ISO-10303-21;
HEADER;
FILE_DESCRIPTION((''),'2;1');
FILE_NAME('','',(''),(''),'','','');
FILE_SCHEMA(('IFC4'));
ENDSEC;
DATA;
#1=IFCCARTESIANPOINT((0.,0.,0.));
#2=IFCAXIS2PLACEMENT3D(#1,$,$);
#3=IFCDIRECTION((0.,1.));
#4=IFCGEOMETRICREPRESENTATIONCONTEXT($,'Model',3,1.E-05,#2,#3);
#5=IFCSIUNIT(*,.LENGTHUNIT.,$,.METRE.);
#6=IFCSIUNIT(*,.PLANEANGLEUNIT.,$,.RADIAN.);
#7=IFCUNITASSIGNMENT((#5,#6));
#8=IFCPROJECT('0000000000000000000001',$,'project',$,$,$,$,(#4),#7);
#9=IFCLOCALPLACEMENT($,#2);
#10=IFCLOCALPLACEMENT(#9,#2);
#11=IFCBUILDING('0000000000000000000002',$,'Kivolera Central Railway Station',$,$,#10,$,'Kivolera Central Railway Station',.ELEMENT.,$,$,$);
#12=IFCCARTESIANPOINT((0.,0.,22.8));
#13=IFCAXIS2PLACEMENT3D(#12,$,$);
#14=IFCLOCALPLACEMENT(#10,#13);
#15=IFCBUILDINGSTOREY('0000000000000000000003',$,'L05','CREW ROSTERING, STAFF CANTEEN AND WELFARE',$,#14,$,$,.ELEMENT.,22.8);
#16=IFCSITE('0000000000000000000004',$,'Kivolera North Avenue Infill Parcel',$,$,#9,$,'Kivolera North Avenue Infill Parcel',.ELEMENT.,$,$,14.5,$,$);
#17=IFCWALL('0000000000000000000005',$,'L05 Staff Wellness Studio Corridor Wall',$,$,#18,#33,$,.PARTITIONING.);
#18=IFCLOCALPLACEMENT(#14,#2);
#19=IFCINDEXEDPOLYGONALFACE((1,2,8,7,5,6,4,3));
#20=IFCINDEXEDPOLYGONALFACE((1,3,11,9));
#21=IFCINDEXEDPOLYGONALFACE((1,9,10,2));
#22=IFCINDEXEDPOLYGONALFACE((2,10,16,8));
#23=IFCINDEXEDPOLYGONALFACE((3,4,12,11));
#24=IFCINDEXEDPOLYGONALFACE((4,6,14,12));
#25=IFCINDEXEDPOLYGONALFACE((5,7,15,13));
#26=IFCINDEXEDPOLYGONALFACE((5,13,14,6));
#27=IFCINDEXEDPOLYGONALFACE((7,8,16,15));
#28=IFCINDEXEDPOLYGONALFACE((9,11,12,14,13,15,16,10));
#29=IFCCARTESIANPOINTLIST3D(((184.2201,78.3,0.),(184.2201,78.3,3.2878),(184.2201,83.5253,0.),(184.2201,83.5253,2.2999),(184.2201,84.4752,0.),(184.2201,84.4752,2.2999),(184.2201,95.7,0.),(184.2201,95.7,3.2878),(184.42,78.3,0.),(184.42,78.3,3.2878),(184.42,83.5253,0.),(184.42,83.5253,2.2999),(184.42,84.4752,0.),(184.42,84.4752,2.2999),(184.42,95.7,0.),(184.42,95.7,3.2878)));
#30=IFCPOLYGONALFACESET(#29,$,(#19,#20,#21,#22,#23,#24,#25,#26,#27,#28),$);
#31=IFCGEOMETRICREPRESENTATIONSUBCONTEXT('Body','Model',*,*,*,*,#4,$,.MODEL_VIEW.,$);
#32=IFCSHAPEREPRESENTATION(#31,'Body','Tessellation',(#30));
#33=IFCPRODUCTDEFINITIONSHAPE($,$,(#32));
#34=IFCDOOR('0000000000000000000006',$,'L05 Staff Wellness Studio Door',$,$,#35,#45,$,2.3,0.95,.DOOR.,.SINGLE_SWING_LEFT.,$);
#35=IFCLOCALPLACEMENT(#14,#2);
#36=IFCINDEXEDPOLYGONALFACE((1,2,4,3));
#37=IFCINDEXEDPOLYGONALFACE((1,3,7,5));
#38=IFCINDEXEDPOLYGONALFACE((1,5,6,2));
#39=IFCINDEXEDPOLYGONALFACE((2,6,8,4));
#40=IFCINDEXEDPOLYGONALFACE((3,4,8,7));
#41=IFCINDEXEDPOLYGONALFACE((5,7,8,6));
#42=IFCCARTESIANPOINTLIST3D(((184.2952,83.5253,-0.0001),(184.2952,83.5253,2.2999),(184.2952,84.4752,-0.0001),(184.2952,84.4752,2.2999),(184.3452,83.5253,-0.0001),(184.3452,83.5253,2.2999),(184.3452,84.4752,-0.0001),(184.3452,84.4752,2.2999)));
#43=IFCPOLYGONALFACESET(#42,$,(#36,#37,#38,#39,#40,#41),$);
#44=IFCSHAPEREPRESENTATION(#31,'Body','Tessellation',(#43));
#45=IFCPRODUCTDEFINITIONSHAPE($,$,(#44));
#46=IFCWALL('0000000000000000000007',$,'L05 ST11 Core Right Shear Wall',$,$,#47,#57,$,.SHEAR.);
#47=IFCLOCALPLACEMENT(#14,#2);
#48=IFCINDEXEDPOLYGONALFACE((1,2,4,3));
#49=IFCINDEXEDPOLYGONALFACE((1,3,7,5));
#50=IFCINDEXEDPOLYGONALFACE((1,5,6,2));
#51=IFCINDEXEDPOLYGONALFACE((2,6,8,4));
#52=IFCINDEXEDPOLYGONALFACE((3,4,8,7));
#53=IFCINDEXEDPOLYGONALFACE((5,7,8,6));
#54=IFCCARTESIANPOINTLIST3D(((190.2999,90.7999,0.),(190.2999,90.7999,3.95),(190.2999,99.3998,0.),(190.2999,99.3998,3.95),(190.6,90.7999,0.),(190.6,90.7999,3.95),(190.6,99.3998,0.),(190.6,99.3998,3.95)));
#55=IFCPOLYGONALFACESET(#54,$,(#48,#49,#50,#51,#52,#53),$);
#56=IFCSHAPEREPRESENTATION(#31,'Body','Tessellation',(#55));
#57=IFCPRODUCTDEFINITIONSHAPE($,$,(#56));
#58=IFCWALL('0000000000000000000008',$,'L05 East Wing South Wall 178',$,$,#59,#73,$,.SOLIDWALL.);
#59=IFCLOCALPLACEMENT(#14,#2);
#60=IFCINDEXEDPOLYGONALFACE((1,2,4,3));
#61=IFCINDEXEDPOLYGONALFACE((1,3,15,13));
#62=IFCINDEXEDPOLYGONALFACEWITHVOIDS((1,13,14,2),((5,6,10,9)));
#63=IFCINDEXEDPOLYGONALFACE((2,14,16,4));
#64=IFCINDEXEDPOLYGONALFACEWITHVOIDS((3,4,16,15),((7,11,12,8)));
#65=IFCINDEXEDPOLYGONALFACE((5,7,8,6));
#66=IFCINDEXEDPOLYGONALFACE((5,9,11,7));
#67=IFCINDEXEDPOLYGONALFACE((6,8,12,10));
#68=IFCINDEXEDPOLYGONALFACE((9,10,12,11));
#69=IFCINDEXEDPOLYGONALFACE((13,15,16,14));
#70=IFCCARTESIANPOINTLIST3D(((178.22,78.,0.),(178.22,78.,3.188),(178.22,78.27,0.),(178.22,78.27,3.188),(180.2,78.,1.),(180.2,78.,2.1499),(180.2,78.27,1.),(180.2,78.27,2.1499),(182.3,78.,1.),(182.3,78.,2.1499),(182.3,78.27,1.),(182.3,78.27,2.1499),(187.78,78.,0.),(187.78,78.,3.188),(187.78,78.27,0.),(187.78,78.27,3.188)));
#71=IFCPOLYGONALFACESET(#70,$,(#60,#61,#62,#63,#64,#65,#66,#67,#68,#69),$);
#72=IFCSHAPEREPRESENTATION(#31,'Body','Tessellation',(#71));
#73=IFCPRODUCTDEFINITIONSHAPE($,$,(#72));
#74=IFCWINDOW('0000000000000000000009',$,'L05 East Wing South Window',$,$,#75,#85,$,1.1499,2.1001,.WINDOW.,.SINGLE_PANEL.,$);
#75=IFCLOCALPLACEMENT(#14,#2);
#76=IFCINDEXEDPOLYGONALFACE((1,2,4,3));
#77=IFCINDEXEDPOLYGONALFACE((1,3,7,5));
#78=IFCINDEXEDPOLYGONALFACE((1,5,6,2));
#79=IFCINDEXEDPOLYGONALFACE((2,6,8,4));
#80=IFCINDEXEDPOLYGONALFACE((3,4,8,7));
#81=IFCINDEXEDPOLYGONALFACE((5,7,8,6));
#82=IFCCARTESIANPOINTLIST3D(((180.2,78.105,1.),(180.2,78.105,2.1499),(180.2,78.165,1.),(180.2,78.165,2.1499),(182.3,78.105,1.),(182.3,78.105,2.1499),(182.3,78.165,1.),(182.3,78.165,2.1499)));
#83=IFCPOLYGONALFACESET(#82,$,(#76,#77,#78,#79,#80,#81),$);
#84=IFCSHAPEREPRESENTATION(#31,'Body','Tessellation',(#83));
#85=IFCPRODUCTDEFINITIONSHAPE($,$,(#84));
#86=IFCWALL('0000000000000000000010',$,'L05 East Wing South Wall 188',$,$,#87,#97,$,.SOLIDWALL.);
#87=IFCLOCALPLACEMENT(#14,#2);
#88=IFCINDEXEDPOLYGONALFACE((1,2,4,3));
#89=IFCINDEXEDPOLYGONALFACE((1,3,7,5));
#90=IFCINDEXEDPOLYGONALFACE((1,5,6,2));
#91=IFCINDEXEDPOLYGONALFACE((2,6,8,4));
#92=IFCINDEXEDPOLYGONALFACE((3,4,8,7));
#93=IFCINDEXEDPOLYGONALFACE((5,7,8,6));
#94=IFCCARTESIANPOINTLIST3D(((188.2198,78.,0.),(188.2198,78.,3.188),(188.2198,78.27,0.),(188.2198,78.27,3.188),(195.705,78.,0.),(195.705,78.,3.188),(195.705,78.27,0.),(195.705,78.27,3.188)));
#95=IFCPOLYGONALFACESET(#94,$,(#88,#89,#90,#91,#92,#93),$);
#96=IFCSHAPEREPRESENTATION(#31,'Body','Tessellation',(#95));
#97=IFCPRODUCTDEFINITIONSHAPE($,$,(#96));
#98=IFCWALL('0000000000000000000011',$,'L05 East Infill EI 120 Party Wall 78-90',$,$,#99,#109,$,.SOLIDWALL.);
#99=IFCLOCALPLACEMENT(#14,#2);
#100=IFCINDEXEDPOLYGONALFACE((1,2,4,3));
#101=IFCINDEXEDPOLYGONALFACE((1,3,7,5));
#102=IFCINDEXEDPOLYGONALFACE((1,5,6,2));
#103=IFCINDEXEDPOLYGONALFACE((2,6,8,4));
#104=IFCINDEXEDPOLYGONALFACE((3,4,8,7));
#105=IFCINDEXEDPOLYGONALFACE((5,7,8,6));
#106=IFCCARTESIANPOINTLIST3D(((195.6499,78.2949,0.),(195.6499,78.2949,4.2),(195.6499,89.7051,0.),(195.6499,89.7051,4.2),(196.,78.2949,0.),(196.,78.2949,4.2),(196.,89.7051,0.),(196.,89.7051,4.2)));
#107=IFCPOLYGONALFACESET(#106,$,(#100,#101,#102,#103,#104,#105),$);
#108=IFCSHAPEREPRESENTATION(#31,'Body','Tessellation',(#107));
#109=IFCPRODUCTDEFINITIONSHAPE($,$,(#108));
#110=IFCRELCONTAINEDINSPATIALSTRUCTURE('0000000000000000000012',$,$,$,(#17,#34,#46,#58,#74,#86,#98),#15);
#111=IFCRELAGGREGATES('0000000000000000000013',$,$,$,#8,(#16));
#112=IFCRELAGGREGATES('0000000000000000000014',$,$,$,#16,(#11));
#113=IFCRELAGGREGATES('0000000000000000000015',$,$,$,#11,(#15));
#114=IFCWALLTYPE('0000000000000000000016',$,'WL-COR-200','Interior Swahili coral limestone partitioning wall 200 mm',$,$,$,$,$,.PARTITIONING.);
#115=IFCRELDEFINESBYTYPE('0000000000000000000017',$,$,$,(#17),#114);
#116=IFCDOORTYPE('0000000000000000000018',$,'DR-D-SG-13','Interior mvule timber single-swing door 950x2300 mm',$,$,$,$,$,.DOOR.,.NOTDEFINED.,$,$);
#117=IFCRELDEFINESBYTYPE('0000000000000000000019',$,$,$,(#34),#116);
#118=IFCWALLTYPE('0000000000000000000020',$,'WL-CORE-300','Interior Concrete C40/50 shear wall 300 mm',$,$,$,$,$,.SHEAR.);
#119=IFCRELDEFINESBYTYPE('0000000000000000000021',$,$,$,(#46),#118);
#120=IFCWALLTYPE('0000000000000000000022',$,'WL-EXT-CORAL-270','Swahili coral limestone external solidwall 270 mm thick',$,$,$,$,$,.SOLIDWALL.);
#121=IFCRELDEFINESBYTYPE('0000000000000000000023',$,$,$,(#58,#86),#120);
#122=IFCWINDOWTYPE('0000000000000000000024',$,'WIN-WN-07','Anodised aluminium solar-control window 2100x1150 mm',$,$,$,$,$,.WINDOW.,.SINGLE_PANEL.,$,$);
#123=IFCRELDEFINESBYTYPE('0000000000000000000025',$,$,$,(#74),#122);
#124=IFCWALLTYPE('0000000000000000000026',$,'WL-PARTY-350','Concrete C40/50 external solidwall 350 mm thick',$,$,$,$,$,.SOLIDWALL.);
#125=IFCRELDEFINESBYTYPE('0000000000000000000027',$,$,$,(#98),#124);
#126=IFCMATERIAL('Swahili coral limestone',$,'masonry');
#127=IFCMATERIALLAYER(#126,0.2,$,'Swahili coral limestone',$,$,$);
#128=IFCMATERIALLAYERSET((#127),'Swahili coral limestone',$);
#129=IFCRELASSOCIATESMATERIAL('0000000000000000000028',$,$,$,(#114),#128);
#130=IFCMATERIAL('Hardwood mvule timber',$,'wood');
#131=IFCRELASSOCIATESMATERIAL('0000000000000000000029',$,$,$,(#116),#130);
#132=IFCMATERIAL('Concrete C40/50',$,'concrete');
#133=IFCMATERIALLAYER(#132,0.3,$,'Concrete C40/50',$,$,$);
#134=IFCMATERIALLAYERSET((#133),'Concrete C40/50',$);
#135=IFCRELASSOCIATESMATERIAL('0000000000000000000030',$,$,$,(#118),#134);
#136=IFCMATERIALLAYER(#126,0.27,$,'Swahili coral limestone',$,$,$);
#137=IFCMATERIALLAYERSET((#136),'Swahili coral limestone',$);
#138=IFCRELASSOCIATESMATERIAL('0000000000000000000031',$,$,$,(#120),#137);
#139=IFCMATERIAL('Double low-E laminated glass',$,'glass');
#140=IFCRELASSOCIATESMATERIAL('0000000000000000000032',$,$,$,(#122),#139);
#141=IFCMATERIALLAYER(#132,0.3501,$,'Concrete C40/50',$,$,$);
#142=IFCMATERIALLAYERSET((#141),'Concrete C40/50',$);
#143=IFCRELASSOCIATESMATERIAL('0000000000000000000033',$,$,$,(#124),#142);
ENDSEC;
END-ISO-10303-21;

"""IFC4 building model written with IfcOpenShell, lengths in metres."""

from ifc_helpers import new_model, si_unit, direction, frame, frame_2d, origin, place, context, subcontext, project, spatial, rectangle, extrude, material, layer, layer_set, type_object, element, fill, save


model = new_model("IFC4")

# Units and contexts
model_context = context("Model", 3, precision=1e-05, world=origin(), true_north=direction((0.0, 1.0)))
body_context = subcontext(model_context, "Body", "Model", "MODEL_VIEW")
ifc_project = project(units=[si_unit("LENGTHUNIT", "METRE"), si_unit("PLANEANGLEUNIT", "RADIAN")], contexts=[model_context])

# Site, building, storey
site_placement = place(None, origin())
site = spatial("IfcSite", under=ifc_project, at=site_placement, Name="Kivolera North Avenue Infill Parcel", LongName="Kivolera North Avenue Infill Parcel", CompositionType="ELEMENT", RefElevation=14.5)
building_placement = place(site_placement, origin())
building = spatial("IfcBuilding", under=site, at=building_placement, Name="Kivolera Central Railway Station", LongName="Kivolera Central Railway Station", CompositionType="ELEMENT")
storey_placement = place(building_placement, frame((0.0, 0.0, 22.8)))
storey = spatial("IfcBuildingStorey", under=building, at=storey_placement, Name="L05", Description="CREW ROSTERING, STAFF CANTEEN AND WELFARE", CompositionType="ELEMENT", Elevation=22.8)

# Shared definitions
ifc_material_1 = material(Name="Concrete C40/50", Category="concrete")

# Wall, opening, door
ifc_material_2 = material(Name="Swahili coral limestone", Category="masonry")
ifc_layer_1 = layer(ifc_material_2, 0.2, Name="Swahili coral limestone")
ifc_layer_set_1 = layer_set([ifc_layer_1], Name="Swahili coral limestone")
wall_type_1 = type_object("IfcWallType", Name="WL-COR-200", Description="Interior Swahili coral limestone partitioning wall 200 mm", PredefinedType="PARTITIONING", material=ifc_layer_set_1)
wall_1_placement = place(storey_placement, frame((184.3201, 78.3, 0.0), z_axis=(0.0, 0.0, 1.0), x_axis=(0.0, 1.0, 0.0)))
wall_1 = element("IfcWall", 1, at=wall_1_placement, inside=storey, type_object=wall_type_1, Name="L05 Staff Wellness Studio Corridor Wall", PredefinedType="PARTITIONING", context=body_context, shape_type="SweptSolid", body=[
    extrude(rectangle(XDim=17.3999, YDim=0.2, at=frame_2d((8.7, 0.0))), origin(), (0.0, 0.0, 1.0), 3.2878),
])
opening_1_placement = place(wall_1_placement, frame((5.2251, 0.0, 0.0)))
opening_1 = element("IfcOpeningElement", 2, at=opening_1_placement, cuts=wall_1, PredefinedType="OPENING", context=body_context, shape_type="SweptSolid", body=[
    extrude(rectangle(XDim=0.95, YDim=2.3, at=frame_2d((0.4751, 1.1499))), frame((0.0, 0.1099, 0.0), z_axis=(0.0, -1.0, 0.0), x_axis=(1.0, 0.0, 0.0)), (0.0, 0.0, 1.0), 0.22),
])
ifc_material_3 = material(Name="Hardwood mvule timber", Category="wood")
door_type_1 = type_object("IfcDoorType", Name="DR-D-SG-13", Description="Interior mvule timber single-swing door 950x2300 mm", OperationType="NOTDEFINED", PredefinedType="DOOR", material=ifc_material_3)
door_1_placement = place(opening_1_placement, origin())
door_1 = element("IfcDoor", 3, at=door_1_placement, inside=storey, type_object=door_type_1, Name="L05 Staff Wellness Studio Door", OperationType="SINGLE_SWING_LEFT", OverallHeight=2.3, OverallWidth=0.95, PredefinedType="DOOR", context=body_context, shape_type="SweptSolid", body=[
    extrude(rectangle(XDim=0.95, YDim=2.3, at=frame_2d((0.4751, 1.1499))), frame((0.0, 0.0249, 0.0), z_axis=(0.0, -1.0, 0.0), x_axis=(1.0, 0.0, 0.0)), (0.0, 0.0, 1.0), 0.05),
])
fill(opening_1, door_1)

# Wall
ifc_layer_2 = layer(ifc_material_1, 0.3, Name="Concrete C40/50")
ifc_layer_set_2 = layer_set([ifc_layer_2], Name="Concrete C40/50")
wall_type_2 = type_object("IfcWallType", Name="WL-CORE-300", Description="Interior Concrete C40/50 shear wall 300 mm", PredefinedType="SHEAR", material=ifc_layer_set_2)
wall_2_placement = place(storey_placement, frame((190.45, 90.8, 0.0), z_axis=(0.0, 0.0, 1.0), x_axis=(0.0, 1.0, 0.0)))
element("IfcWall", 4, at=wall_2_placement, inside=storey, type_object=wall_type_2, Name="L05 ST11 Core Right Shear Wall", PredefinedType="SHEAR", context=body_context, shape_type="SweptSolid", body=[
    extrude(rectangle(XDim=8.5999, YDim=0.3, at=frame_2d((4.2998, 0.0))), origin(), (0.0, 0.0, 1.0), 3.95),
])

# Wall, opening, window
ifc_layer_3 = layer(ifc_material_2, 0.27, Name="Swahili coral limestone")
ifc_layer_set_3 = layer_set([ifc_layer_3], Name="Swahili coral limestone")
wall_type_3 = type_object("IfcWallType", Name="WL-EXT-CORAL-270", Description="Swahili coral limestone external solidwall 270 mm thick", PredefinedType="SOLIDWALL", material=ifc_layer_set_3)
wall_3_placement = place(storey_placement, frame((187.78, 78.135, 0.0), z_axis=(0.0, 0.0, 1.0), x_axis=(-1.0, 0.0, 0.0)))
wall_3 = element("IfcWall", 5, at=wall_3_placement, inside=storey, type_object=wall_type_3, Name="L05 East Wing South Wall 178", PredefinedType="SOLIDWALL", context=body_context, shape_type="SweptSolid", body=[
    extrude(rectangle(XDim=9.5601, YDim=0.27, at=frame_2d((4.78, 0.0))), origin(), (0.0, 0.0, 1.0), 3.188),
])
opening_2_placement = place(wall_3_placement, frame((5.48, 0.0, 1.0)))
opening_2 = element("IfcOpeningElement", 6, at=opening_2_placement, cuts=wall_3, PredefinedType="OPENING", context=body_context, shape_type="SweptSolid", body=[
    extrude(rectangle(XDim=2.1001, YDim=1.1499, at=frame_2d((1.05, 0.575))), frame((0.0, 0.145, 0.0), z_axis=(0.0, -1.0, 0.0), x_axis=(1.0, 0.0, 0.0)), (0.0, 0.0, 1.0), 0.29),
])
ifc_material_4 = material(Name="Double low-E laminated glass", Category="glass")
window_type = type_object("IfcWindowType", Name="WIN-WN-07", Description="Anodised aluminium solar-control window 2100x1150 mm", PartitioningType="SINGLE_PANEL", PredefinedType="WINDOW", material=ifc_material_4)
window_placement = place(opening_2_placement, origin())
window = element("IfcWindow", 7, at=window_placement, inside=storey, type_object=window_type, Name="L05 East Wing South Window", OverallHeight=1.1499, OverallWidth=2.1001, PartitioningType="SINGLE_PANEL", PredefinedType="WINDOW", context=body_context, shape_type="SweptSolid", body=[
    extrude(rectangle(XDim=2.1001, YDim=1.1499, at=frame_2d((1.05, 0.575))), frame((0.0, 0.03, 0.0), z_axis=(0.0, -1.0, 0.0), x_axis=(1.0, 0.0, 0.0)), (0.0, 0.0, 1.0), 0.0601),
])
fill(opening_2, window)

# Wall
wall_4_placement = place(storey_placement, frame((195.7051, 78.135, 0.0), z_axis=(0.0, 0.0, 1.0), x_axis=(-1.0, 0.0, 0.0)))
element("IfcWall", 8, at=wall_4_placement, inside=storey, type_object=wall_type_3, Name="L05 East Wing South Wall 188", PredefinedType="SOLIDWALL", context=body_context, shape_type="SweptSolid", body=[
    extrude(rectangle(XDim=7.4851, YDim=0.27, at=frame_2d((3.7427, 0.0))), origin(), (0.0, 0.0, 1.0), 3.188),
])

# Wall
ifc_layer_4 = layer(ifc_material_1, 0.3501, Name="Concrete C40/50")
ifc_layer_set_4 = layer_set([ifc_layer_4], Name="Concrete C40/50")
wall_type_4 = type_object("IfcWallType", Name="WL-PARTY-350", Description="Concrete C40/50 external solidwall 350 mm thick", PredefinedType="SOLIDWALL", material=ifc_layer_set_4)
wall_5_placement = place(storey_placement, frame((195.825, 89.7051, 0.0), z_axis=(0.0, 0.0, 1.0), x_axis=(0.0, -1.0, 0.0)))
element("IfcWall", 9, at=wall_5_placement, inside=storey, type_object=wall_type_4, Name="L05 East Infill EI 120 Party Wall 78-90", PredefinedType="SOLIDWALL", context=body_context, shape_type="SweptSolid", body=[
    extrude(rectangle(XDim=11.4102, YDim=0.3501, at=frame_2d((5.7051, 0.0))), origin(), (0.0, 0.0, 1.0), 4.2),
])

save(model, "model.ifc")
